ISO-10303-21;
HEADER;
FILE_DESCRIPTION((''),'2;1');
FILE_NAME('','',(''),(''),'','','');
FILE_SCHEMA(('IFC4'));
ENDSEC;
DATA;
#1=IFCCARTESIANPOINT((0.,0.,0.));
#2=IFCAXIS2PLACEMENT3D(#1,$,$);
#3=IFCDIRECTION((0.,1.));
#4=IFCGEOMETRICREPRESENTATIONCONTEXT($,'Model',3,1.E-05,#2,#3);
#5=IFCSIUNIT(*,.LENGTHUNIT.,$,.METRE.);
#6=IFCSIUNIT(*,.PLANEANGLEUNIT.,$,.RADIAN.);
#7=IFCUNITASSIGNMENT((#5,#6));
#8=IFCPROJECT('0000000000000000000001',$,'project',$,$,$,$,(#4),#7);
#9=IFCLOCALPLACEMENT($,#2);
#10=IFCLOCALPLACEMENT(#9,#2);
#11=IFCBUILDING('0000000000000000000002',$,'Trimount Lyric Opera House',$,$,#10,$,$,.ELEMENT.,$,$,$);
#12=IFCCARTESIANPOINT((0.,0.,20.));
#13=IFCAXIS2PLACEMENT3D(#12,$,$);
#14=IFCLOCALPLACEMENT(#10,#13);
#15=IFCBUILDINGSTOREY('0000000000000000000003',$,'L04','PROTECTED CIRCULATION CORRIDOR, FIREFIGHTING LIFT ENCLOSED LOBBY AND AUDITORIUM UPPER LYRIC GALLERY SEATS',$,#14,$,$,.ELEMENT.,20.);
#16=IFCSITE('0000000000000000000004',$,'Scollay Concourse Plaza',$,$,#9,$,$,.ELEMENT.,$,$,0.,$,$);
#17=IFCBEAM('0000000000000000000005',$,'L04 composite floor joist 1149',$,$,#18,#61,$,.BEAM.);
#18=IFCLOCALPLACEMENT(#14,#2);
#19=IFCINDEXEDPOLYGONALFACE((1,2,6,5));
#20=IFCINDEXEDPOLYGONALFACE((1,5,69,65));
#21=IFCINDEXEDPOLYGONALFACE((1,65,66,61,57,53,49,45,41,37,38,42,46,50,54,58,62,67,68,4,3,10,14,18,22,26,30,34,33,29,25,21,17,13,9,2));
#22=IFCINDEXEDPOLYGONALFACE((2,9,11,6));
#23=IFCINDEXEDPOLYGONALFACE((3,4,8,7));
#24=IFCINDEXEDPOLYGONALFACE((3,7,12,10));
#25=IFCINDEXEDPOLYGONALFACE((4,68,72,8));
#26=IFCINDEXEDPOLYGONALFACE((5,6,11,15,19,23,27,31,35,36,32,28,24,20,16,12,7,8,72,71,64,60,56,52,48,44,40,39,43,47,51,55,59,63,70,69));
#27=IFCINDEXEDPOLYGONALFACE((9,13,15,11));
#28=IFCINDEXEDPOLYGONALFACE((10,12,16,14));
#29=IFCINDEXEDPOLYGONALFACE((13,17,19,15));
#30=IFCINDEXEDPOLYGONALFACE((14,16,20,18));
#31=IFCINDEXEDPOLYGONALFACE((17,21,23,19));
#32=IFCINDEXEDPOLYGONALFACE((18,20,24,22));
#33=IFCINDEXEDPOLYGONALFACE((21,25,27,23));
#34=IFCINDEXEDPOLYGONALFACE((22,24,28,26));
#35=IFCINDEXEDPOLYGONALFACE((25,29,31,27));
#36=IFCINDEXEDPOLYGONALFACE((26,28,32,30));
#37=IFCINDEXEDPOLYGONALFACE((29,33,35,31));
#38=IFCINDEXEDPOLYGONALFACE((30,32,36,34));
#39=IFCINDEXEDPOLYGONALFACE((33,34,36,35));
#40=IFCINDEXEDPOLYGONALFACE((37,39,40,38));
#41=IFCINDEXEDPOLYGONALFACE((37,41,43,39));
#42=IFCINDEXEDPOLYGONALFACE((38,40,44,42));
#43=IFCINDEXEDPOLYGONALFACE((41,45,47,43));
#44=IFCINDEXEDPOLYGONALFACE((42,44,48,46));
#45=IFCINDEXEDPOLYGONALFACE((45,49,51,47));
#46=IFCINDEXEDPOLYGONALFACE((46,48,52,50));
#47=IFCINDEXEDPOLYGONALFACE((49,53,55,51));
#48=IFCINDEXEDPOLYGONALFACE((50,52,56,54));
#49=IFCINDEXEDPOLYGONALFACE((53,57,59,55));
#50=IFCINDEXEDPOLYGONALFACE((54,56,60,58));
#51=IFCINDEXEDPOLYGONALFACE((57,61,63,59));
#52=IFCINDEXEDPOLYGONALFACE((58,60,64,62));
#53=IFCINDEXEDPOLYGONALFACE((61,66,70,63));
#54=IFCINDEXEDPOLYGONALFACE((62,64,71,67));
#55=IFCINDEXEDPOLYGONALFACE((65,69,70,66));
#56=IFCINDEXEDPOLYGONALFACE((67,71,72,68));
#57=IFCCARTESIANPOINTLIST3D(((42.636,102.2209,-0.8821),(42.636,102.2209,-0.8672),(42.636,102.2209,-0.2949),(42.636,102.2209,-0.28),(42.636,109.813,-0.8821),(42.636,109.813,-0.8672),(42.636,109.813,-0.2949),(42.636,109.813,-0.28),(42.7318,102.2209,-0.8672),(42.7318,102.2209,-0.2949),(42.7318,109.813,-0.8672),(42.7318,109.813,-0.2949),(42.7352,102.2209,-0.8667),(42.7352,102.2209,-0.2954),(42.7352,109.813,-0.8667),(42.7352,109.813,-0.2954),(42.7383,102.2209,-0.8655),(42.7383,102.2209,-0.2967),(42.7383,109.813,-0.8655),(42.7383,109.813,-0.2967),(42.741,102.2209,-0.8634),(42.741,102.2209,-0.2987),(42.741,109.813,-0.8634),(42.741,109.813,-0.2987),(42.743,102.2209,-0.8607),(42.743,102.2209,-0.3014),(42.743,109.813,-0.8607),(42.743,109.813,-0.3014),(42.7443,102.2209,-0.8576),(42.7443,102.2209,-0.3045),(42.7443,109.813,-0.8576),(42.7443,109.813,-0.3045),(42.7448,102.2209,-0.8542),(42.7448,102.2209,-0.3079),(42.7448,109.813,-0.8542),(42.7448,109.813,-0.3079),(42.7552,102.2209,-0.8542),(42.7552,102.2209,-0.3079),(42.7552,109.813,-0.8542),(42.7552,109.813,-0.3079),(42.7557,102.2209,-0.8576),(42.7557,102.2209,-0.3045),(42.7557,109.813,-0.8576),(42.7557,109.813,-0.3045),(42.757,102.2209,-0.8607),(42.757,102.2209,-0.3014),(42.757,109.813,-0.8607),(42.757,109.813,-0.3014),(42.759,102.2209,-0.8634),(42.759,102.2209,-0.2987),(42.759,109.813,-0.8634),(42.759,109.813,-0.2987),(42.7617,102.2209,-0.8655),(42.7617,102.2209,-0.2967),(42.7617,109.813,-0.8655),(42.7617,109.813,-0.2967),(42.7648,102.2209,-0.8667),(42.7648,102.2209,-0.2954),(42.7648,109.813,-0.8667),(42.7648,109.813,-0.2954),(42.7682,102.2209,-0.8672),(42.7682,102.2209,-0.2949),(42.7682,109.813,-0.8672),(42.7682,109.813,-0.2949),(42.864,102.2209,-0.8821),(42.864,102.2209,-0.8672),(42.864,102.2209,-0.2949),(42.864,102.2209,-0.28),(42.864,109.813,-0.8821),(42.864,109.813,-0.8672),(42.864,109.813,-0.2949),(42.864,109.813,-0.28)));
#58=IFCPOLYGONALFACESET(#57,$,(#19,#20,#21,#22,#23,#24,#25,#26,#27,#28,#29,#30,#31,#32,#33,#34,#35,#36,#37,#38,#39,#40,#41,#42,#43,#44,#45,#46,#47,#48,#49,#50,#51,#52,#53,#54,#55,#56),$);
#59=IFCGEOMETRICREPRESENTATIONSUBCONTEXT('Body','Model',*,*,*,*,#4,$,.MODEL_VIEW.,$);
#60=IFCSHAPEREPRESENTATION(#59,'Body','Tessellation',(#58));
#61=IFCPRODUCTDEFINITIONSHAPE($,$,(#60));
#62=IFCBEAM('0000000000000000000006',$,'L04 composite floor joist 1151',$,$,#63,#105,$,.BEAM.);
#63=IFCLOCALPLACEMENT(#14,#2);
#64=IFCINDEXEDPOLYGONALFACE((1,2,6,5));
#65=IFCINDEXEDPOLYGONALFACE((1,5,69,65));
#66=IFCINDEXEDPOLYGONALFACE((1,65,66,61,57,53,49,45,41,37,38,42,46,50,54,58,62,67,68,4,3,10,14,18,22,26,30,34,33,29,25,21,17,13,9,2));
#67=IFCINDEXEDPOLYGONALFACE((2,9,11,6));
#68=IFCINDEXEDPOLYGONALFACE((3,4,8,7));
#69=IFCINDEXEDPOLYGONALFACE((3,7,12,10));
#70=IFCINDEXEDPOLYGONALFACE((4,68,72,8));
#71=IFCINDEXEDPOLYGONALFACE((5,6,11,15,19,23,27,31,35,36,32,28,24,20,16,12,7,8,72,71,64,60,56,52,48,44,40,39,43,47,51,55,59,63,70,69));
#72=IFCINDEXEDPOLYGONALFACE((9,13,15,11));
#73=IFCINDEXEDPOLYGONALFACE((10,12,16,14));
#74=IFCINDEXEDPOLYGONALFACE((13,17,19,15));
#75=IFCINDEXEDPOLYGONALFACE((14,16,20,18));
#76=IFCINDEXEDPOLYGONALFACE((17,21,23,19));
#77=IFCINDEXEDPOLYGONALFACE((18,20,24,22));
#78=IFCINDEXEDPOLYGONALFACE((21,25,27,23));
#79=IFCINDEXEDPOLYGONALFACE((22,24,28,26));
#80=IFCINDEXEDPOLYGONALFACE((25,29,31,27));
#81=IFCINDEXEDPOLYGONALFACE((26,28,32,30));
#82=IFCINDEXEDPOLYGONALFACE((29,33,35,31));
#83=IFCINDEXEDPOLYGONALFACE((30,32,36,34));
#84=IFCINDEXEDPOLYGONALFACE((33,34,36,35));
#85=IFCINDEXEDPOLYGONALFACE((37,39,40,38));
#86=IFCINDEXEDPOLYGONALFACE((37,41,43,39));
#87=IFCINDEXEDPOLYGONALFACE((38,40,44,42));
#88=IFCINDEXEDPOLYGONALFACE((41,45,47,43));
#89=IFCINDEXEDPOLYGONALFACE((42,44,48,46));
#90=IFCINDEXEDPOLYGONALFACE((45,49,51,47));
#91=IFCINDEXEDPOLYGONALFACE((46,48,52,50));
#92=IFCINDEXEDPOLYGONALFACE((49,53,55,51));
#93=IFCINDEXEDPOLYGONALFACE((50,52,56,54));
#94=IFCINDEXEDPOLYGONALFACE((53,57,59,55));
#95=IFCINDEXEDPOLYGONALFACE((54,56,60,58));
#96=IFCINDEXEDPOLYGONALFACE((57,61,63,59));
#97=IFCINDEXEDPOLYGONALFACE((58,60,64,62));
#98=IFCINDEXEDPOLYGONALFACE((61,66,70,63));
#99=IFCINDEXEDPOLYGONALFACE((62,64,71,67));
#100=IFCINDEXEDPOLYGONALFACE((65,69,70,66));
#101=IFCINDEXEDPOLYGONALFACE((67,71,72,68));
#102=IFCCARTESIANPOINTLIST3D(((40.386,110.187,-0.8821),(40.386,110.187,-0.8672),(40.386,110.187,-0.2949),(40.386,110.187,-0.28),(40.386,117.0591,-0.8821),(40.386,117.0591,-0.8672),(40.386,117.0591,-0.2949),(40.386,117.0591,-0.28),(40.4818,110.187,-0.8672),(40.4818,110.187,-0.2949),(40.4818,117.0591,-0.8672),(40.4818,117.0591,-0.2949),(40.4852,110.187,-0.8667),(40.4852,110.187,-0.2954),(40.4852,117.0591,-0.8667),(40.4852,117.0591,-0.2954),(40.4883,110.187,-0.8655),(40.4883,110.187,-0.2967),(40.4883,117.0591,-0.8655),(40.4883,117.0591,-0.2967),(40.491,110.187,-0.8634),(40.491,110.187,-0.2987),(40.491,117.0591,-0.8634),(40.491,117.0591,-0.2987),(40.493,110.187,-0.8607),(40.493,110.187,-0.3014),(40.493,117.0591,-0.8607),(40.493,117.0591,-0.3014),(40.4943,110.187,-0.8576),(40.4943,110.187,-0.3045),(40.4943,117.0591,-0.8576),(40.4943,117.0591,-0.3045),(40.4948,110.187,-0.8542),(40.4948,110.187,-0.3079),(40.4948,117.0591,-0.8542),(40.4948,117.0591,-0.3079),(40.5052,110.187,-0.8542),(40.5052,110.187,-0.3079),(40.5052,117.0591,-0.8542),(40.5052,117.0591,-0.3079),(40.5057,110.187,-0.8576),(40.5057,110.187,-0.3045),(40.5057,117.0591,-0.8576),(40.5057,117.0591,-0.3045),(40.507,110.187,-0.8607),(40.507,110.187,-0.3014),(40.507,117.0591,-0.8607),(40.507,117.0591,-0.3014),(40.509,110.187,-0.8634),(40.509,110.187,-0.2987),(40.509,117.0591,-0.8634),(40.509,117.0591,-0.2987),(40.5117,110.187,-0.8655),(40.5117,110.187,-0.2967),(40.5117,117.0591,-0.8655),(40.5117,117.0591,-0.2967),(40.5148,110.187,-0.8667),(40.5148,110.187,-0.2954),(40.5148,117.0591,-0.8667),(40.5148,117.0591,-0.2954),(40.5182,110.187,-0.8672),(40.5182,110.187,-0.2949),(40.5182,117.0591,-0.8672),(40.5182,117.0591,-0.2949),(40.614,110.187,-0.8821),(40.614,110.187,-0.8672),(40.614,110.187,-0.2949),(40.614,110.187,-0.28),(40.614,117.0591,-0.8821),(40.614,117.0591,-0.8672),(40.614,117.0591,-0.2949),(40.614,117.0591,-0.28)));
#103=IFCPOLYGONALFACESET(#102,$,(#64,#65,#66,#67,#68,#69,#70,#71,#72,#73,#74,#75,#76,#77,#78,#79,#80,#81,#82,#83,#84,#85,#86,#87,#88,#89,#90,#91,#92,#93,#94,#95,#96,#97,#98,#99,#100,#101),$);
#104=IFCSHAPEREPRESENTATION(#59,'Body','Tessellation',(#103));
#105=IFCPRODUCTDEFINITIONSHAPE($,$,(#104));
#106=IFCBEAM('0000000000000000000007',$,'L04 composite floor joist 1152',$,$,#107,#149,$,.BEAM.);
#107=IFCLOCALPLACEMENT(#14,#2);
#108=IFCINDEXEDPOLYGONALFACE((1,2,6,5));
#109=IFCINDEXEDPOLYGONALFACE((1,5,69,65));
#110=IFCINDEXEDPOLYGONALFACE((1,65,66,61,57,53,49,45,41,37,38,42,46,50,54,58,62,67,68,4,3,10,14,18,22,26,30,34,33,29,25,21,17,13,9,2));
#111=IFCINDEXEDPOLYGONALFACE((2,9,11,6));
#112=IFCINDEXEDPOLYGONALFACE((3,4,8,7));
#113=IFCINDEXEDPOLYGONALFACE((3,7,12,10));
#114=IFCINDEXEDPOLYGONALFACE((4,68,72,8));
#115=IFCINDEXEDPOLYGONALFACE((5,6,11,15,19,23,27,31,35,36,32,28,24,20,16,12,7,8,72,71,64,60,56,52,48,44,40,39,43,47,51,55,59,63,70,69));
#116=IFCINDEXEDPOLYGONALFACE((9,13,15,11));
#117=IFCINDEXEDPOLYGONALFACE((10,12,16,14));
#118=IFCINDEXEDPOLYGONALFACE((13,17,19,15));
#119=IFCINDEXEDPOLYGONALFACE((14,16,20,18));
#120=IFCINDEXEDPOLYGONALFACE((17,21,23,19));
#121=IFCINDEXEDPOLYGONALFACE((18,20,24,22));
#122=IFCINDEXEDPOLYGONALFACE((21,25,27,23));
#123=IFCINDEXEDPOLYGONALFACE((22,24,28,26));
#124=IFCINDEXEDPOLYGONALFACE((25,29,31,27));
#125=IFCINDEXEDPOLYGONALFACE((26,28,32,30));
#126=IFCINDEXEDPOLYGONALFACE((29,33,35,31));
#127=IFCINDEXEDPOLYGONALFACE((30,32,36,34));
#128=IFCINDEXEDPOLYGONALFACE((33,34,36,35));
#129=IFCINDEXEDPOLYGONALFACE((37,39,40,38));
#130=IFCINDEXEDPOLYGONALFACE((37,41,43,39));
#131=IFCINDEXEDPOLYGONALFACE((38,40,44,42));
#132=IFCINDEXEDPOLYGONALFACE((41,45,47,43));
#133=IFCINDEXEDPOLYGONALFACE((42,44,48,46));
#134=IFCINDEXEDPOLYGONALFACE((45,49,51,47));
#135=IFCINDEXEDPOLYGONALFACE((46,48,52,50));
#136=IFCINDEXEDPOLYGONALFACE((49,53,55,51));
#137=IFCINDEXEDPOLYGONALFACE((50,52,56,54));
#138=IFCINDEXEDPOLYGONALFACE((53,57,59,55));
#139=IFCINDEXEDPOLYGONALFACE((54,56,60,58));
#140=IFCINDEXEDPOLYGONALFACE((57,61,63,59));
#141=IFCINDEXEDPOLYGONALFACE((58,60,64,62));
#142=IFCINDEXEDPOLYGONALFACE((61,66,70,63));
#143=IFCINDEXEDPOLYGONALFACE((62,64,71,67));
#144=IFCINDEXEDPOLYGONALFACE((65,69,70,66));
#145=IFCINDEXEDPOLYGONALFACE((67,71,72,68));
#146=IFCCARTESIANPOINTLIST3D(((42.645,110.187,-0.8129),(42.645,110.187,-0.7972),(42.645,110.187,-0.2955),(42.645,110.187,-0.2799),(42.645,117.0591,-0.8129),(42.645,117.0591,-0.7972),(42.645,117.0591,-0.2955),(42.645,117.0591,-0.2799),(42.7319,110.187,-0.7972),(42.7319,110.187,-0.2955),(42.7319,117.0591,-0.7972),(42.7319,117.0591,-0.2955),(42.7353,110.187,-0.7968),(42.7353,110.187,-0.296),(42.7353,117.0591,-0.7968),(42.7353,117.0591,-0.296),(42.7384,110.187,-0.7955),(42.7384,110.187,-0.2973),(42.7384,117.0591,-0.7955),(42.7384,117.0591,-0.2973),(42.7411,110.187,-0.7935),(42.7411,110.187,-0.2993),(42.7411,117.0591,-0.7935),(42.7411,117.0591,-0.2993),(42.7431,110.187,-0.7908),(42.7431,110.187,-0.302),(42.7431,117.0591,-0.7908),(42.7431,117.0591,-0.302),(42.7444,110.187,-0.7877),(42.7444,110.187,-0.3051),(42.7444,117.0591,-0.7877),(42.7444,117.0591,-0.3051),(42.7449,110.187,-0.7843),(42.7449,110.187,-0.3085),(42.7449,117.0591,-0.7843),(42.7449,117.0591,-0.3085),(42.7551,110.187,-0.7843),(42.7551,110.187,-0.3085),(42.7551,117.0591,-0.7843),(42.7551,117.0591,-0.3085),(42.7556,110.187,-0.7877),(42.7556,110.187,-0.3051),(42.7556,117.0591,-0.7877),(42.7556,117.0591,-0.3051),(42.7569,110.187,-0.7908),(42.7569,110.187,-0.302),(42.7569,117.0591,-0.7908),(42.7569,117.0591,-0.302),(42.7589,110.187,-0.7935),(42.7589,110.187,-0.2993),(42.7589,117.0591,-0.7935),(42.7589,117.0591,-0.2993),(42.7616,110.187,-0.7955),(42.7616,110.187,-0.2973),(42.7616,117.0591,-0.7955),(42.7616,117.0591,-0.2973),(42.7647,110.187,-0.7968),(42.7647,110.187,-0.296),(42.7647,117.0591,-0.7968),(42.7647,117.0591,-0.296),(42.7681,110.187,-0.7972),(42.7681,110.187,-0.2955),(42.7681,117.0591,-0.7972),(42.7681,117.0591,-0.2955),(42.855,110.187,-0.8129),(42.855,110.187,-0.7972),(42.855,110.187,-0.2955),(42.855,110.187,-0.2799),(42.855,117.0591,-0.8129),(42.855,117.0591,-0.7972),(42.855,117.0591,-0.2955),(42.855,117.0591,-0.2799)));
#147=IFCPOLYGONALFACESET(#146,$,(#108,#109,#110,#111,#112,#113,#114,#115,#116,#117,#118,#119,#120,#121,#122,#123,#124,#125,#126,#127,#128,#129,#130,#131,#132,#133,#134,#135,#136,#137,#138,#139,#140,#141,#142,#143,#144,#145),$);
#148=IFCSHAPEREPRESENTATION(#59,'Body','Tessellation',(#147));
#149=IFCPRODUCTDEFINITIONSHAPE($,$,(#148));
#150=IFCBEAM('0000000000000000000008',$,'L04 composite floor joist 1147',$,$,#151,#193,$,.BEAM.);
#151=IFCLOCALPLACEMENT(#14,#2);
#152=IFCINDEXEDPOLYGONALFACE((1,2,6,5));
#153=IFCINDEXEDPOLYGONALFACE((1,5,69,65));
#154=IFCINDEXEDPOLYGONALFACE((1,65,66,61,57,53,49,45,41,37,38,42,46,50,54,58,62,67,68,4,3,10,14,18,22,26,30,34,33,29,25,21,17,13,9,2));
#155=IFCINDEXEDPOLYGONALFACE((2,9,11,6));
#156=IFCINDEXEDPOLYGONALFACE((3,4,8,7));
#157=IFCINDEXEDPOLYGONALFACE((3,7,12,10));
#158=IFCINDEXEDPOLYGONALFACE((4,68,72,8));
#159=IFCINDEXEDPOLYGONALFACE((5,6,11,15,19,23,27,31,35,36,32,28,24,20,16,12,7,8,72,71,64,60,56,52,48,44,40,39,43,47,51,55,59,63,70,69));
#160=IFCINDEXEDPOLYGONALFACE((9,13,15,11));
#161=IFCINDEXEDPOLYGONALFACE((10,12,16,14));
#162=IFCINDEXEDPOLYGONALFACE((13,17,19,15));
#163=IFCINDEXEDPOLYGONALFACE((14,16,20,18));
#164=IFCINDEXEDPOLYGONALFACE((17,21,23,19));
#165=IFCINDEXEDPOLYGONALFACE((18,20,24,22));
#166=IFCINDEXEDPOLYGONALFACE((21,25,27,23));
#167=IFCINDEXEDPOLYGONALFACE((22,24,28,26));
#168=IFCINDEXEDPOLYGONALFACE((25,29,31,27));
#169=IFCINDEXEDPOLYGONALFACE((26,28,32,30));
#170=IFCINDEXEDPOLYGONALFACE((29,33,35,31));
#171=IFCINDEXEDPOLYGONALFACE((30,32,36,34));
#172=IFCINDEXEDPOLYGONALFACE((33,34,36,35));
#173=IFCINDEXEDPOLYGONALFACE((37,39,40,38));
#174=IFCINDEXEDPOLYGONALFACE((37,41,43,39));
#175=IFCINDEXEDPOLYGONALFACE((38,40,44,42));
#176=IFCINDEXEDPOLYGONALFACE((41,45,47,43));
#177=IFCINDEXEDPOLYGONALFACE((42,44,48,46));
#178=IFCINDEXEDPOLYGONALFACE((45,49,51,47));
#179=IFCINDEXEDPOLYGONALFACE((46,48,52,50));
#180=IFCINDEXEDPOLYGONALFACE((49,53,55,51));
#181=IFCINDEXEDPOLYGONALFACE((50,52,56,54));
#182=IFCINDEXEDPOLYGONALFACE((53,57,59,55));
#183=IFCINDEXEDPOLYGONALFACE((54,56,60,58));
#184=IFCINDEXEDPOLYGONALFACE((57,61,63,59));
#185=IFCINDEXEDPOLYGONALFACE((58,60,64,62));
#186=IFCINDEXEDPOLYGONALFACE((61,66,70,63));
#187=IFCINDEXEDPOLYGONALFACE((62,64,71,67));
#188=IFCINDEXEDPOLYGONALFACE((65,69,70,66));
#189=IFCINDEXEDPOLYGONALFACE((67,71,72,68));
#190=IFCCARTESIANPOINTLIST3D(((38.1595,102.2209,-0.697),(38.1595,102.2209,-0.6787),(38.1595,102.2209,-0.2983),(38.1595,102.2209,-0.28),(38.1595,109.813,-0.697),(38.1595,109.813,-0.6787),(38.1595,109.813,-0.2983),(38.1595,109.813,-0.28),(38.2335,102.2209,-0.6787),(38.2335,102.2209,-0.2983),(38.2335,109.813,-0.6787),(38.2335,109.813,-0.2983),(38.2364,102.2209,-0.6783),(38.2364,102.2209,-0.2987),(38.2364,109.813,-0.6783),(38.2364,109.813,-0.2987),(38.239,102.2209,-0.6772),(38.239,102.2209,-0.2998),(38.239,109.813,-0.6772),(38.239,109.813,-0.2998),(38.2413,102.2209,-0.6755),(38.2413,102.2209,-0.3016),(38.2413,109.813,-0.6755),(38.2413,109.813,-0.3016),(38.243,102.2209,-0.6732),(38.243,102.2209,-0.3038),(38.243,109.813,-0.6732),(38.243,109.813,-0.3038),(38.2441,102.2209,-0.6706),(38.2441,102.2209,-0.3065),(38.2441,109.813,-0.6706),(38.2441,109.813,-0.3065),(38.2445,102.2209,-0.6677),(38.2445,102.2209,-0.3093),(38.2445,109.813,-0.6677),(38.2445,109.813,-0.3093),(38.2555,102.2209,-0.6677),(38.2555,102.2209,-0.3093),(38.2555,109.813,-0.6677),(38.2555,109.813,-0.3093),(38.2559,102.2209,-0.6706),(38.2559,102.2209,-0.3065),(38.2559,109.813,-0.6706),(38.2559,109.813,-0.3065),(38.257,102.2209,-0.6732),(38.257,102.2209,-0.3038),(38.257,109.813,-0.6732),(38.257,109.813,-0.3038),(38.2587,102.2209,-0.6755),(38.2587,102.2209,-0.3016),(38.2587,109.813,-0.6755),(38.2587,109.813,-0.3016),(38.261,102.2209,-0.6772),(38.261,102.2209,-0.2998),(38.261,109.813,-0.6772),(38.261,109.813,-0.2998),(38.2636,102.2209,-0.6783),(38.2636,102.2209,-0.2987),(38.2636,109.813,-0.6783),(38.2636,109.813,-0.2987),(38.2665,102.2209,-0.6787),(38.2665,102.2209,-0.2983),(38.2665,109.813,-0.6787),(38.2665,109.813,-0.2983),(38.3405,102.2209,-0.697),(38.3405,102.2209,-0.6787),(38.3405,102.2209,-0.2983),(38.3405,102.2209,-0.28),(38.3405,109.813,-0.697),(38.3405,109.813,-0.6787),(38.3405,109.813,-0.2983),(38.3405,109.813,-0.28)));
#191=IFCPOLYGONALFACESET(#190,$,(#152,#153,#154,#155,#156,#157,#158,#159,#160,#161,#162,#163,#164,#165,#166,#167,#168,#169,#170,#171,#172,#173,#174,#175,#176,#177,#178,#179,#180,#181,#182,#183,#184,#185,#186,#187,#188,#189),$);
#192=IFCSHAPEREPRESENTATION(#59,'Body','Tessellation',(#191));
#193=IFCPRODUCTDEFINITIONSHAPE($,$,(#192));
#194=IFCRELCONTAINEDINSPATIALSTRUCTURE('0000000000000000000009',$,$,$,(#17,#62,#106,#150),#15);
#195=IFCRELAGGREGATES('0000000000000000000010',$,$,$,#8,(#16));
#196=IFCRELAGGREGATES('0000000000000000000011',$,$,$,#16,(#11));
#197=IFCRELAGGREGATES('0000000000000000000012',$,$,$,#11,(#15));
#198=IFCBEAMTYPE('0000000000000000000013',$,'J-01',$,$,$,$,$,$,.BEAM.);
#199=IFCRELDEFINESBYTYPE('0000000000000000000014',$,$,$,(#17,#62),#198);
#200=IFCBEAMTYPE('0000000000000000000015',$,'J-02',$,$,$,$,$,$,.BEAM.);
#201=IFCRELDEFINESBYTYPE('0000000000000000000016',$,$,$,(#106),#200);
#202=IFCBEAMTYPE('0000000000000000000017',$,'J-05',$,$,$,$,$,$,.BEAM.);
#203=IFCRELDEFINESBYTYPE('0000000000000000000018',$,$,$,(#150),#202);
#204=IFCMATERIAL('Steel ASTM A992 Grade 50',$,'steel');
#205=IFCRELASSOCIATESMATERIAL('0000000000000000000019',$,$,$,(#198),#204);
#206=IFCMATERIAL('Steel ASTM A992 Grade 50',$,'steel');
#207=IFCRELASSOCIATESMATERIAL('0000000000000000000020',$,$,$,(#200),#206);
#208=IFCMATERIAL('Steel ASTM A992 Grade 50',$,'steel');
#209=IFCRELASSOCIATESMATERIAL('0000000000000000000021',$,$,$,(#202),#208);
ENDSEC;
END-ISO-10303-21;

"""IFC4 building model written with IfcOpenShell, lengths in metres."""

from ifc_helpers import new_model, si_unit, direction, frame, origin, origin_2d, place, context, subcontext, project, spatial, i_section, extrude, material, material_profile, profile_set, type_object, element, save


model = new_model("IFC4")

# Units and contexts
model_context = context("Model", 3, precision=1e-05, world=origin(), true_north=direction((0.0, 1.0)))
body_context = subcontext(model_context, "Body", "Model", "MODEL_VIEW")
ifc_project = project(units=[si_unit("LENGTHUNIT", "METRE"), si_unit("PLANEANGLEUNIT", "RADIAN")], contexts=[model_context])

# Site, building, storey
site_placement = place(None, origin())
site = spatial("IfcSite", under=ifc_project, at=site_placement, Name="Scollay Concourse Plaza", CompositionType="ELEMENT", RefElevation=0.0)
building_placement = place(site_placement, origin())
building = spatial("IfcBuilding", under=site, at=building_placement, Name="Trimount Lyric Opera House", CompositionType="ELEMENT")
storey_placement = place(building_placement, frame((0.0, 0.0, 20.0)))
storey = spatial("IfcBuildingStorey", under=building, at=storey_placement, Name="L04", Description="PROTECTED CIRCULATION CORRIDOR, FIREFIGHTING LIFT ENCLOSED LOBBY AND AUDITORIUM UPPER LYRIC GALLERY SEATS", CompositionType="ELEMENT", Elevation=20.0)

# Beams
ifc_material_1 = material(Name="Steel ASTM A992 Grade 50", Category="steel")
ifc_material_profile_1 = material_profile(ifc_material_1, i_section(OverallWidth=0.228, OverallDepth=0.6021, WebThickness=0.0105, FlangeThickness=0.0149, FilletRadius=0.0129, at=origin_2d()), Name="W24X68")
ifc_profile_set_1 = profile_set([ifc_material_profile_1], Name="Steel ASTM A992 Grade 50")
beam_type_1 = type_object("IfcBeamType", Name="J-01", PredefinedType="BEAM", material=ifc_profile_set_1)
beam_1_placement = place(storey_placement, frame((42.75, 102.2209, -0.5811), z_axis=(0.0, 1.0, 0.0), x_axis=(-1.0, 0.0, 0.0)))
element("IfcBeam", 1, at=beam_1_placement, inside=storey, type_object=beam_type_1, Name="L04 composite floor joist 1149", PredefinedType="BEAM", context=body_context, shape_type="SweptSolid", body=[
    extrude(i_section(OverallWidth=0.228, OverallDepth=0.6021, WebThickness=0.0105, FlangeThickness=0.0149, FilletRadius=0.0129, at=origin_2d()), origin(), (0.0, 0.0, 1.0), 7.592),
])
beam_2_placement = place(storey_placement, frame((40.5, 110.187, -0.5811), z_axis=(0.0, 1.0, 0.0), x_axis=(-1.0, 0.0, 0.0)))
element("IfcBeam", 2, at=beam_2_placement, inside=storey, type_object=beam_type_1, Name="L04 composite floor joist 1151", PredefinedType="BEAM", context=body_context, shape_type="SweptSolid", body=[
    extrude(i_section(OverallWidth=0.228, OverallDepth=0.6021, WebThickness=0.0105, FlangeThickness=0.0149, FilletRadius=0.0129, at=origin_2d()), origin(), (0.0, 0.0, 1.0), 6.8721),
])
ifc_material_2 = material(Name="Steel ASTM A992 Grade 50", Category="steel")
ifc_material_profile_2 = material_profile(ifc_material_2, i_section(OverallWidth=0.21, OverallDepth=0.533, WebThickness=0.0103, FlangeThickness=0.0156, FilletRadius=0.0129, at=origin_2d()), Name="W21X62")
ifc_profile_set_2 = profile_set([ifc_material_profile_2], Name="Steel ASTM A992 Grade 50")
beam_type_2 = type_object("IfcBeamType", Name="J-02", PredefinedType="BEAM", material=ifc_profile_set_2)
beam_3_placement = place(storey_placement, frame((42.75, 110.187, -0.5464), z_axis=(0.0, 1.0, 0.0), x_axis=(-1.0, 0.0, 0.0)))
element("IfcBeam", 3, at=beam_3_placement, inside=storey, type_object=beam_type_2, Name="L04 composite floor joist 1152", PredefinedType="BEAM", context=body_context, shape_type="SweptSolid", body=[
    extrude(i_section(OverallWidth=0.21, OverallDepth=0.533, WebThickness=0.0103, FlangeThickness=0.0156, FilletRadius=0.0129, at=origin_2d()), origin(), (0.0, 0.0, 1.0), 6.8721),
])
ifc_material_3 = material(Name="Steel ASTM A992 Grade 50", Category="steel")
ifc_material_profile_3 = material_profile(ifc_material_3, i_section(OverallWidth=0.1809, OverallDepth=0.417, WebThickness=0.011, FlangeThickness=0.0183, FilletRadius=0.011, at=origin_2d()), Name="W16X57")
ifc_profile_set_3 = profile_set([ifc_material_profile_3], Name="Steel ASTM A992 Grade 50")
beam_type_3 = type_object("IfcBeamType", Name="J-05", PredefinedType="BEAM", material=ifc_profile_set_3)
beam_4_placement = place(storey_placement, frame((38.25, 102.2209, -0.4885), z_axis=(0.0, 1.0, 0.0), x_axis=(-1.0, 0.0, 0.0)))
element("IfcBeam", 4, at=beam_4_placement, inside=storey, type_object=beam_type_3, Name="L04 composite floor joist 1147", PredefinedType="BEAM", context=body_context, shape_type="SweptSolid", body=[
    extrude(i_section(OverallWidth=0.1809, OverallDepth=0.417, WebThickness=0.011, FlangeThickness=0.0183, FilletRadius=0.011, at=origin_2d()), origin(), (0.0, 0.0, 1.0), 7.592),
])

save(model, "model.ifc")
